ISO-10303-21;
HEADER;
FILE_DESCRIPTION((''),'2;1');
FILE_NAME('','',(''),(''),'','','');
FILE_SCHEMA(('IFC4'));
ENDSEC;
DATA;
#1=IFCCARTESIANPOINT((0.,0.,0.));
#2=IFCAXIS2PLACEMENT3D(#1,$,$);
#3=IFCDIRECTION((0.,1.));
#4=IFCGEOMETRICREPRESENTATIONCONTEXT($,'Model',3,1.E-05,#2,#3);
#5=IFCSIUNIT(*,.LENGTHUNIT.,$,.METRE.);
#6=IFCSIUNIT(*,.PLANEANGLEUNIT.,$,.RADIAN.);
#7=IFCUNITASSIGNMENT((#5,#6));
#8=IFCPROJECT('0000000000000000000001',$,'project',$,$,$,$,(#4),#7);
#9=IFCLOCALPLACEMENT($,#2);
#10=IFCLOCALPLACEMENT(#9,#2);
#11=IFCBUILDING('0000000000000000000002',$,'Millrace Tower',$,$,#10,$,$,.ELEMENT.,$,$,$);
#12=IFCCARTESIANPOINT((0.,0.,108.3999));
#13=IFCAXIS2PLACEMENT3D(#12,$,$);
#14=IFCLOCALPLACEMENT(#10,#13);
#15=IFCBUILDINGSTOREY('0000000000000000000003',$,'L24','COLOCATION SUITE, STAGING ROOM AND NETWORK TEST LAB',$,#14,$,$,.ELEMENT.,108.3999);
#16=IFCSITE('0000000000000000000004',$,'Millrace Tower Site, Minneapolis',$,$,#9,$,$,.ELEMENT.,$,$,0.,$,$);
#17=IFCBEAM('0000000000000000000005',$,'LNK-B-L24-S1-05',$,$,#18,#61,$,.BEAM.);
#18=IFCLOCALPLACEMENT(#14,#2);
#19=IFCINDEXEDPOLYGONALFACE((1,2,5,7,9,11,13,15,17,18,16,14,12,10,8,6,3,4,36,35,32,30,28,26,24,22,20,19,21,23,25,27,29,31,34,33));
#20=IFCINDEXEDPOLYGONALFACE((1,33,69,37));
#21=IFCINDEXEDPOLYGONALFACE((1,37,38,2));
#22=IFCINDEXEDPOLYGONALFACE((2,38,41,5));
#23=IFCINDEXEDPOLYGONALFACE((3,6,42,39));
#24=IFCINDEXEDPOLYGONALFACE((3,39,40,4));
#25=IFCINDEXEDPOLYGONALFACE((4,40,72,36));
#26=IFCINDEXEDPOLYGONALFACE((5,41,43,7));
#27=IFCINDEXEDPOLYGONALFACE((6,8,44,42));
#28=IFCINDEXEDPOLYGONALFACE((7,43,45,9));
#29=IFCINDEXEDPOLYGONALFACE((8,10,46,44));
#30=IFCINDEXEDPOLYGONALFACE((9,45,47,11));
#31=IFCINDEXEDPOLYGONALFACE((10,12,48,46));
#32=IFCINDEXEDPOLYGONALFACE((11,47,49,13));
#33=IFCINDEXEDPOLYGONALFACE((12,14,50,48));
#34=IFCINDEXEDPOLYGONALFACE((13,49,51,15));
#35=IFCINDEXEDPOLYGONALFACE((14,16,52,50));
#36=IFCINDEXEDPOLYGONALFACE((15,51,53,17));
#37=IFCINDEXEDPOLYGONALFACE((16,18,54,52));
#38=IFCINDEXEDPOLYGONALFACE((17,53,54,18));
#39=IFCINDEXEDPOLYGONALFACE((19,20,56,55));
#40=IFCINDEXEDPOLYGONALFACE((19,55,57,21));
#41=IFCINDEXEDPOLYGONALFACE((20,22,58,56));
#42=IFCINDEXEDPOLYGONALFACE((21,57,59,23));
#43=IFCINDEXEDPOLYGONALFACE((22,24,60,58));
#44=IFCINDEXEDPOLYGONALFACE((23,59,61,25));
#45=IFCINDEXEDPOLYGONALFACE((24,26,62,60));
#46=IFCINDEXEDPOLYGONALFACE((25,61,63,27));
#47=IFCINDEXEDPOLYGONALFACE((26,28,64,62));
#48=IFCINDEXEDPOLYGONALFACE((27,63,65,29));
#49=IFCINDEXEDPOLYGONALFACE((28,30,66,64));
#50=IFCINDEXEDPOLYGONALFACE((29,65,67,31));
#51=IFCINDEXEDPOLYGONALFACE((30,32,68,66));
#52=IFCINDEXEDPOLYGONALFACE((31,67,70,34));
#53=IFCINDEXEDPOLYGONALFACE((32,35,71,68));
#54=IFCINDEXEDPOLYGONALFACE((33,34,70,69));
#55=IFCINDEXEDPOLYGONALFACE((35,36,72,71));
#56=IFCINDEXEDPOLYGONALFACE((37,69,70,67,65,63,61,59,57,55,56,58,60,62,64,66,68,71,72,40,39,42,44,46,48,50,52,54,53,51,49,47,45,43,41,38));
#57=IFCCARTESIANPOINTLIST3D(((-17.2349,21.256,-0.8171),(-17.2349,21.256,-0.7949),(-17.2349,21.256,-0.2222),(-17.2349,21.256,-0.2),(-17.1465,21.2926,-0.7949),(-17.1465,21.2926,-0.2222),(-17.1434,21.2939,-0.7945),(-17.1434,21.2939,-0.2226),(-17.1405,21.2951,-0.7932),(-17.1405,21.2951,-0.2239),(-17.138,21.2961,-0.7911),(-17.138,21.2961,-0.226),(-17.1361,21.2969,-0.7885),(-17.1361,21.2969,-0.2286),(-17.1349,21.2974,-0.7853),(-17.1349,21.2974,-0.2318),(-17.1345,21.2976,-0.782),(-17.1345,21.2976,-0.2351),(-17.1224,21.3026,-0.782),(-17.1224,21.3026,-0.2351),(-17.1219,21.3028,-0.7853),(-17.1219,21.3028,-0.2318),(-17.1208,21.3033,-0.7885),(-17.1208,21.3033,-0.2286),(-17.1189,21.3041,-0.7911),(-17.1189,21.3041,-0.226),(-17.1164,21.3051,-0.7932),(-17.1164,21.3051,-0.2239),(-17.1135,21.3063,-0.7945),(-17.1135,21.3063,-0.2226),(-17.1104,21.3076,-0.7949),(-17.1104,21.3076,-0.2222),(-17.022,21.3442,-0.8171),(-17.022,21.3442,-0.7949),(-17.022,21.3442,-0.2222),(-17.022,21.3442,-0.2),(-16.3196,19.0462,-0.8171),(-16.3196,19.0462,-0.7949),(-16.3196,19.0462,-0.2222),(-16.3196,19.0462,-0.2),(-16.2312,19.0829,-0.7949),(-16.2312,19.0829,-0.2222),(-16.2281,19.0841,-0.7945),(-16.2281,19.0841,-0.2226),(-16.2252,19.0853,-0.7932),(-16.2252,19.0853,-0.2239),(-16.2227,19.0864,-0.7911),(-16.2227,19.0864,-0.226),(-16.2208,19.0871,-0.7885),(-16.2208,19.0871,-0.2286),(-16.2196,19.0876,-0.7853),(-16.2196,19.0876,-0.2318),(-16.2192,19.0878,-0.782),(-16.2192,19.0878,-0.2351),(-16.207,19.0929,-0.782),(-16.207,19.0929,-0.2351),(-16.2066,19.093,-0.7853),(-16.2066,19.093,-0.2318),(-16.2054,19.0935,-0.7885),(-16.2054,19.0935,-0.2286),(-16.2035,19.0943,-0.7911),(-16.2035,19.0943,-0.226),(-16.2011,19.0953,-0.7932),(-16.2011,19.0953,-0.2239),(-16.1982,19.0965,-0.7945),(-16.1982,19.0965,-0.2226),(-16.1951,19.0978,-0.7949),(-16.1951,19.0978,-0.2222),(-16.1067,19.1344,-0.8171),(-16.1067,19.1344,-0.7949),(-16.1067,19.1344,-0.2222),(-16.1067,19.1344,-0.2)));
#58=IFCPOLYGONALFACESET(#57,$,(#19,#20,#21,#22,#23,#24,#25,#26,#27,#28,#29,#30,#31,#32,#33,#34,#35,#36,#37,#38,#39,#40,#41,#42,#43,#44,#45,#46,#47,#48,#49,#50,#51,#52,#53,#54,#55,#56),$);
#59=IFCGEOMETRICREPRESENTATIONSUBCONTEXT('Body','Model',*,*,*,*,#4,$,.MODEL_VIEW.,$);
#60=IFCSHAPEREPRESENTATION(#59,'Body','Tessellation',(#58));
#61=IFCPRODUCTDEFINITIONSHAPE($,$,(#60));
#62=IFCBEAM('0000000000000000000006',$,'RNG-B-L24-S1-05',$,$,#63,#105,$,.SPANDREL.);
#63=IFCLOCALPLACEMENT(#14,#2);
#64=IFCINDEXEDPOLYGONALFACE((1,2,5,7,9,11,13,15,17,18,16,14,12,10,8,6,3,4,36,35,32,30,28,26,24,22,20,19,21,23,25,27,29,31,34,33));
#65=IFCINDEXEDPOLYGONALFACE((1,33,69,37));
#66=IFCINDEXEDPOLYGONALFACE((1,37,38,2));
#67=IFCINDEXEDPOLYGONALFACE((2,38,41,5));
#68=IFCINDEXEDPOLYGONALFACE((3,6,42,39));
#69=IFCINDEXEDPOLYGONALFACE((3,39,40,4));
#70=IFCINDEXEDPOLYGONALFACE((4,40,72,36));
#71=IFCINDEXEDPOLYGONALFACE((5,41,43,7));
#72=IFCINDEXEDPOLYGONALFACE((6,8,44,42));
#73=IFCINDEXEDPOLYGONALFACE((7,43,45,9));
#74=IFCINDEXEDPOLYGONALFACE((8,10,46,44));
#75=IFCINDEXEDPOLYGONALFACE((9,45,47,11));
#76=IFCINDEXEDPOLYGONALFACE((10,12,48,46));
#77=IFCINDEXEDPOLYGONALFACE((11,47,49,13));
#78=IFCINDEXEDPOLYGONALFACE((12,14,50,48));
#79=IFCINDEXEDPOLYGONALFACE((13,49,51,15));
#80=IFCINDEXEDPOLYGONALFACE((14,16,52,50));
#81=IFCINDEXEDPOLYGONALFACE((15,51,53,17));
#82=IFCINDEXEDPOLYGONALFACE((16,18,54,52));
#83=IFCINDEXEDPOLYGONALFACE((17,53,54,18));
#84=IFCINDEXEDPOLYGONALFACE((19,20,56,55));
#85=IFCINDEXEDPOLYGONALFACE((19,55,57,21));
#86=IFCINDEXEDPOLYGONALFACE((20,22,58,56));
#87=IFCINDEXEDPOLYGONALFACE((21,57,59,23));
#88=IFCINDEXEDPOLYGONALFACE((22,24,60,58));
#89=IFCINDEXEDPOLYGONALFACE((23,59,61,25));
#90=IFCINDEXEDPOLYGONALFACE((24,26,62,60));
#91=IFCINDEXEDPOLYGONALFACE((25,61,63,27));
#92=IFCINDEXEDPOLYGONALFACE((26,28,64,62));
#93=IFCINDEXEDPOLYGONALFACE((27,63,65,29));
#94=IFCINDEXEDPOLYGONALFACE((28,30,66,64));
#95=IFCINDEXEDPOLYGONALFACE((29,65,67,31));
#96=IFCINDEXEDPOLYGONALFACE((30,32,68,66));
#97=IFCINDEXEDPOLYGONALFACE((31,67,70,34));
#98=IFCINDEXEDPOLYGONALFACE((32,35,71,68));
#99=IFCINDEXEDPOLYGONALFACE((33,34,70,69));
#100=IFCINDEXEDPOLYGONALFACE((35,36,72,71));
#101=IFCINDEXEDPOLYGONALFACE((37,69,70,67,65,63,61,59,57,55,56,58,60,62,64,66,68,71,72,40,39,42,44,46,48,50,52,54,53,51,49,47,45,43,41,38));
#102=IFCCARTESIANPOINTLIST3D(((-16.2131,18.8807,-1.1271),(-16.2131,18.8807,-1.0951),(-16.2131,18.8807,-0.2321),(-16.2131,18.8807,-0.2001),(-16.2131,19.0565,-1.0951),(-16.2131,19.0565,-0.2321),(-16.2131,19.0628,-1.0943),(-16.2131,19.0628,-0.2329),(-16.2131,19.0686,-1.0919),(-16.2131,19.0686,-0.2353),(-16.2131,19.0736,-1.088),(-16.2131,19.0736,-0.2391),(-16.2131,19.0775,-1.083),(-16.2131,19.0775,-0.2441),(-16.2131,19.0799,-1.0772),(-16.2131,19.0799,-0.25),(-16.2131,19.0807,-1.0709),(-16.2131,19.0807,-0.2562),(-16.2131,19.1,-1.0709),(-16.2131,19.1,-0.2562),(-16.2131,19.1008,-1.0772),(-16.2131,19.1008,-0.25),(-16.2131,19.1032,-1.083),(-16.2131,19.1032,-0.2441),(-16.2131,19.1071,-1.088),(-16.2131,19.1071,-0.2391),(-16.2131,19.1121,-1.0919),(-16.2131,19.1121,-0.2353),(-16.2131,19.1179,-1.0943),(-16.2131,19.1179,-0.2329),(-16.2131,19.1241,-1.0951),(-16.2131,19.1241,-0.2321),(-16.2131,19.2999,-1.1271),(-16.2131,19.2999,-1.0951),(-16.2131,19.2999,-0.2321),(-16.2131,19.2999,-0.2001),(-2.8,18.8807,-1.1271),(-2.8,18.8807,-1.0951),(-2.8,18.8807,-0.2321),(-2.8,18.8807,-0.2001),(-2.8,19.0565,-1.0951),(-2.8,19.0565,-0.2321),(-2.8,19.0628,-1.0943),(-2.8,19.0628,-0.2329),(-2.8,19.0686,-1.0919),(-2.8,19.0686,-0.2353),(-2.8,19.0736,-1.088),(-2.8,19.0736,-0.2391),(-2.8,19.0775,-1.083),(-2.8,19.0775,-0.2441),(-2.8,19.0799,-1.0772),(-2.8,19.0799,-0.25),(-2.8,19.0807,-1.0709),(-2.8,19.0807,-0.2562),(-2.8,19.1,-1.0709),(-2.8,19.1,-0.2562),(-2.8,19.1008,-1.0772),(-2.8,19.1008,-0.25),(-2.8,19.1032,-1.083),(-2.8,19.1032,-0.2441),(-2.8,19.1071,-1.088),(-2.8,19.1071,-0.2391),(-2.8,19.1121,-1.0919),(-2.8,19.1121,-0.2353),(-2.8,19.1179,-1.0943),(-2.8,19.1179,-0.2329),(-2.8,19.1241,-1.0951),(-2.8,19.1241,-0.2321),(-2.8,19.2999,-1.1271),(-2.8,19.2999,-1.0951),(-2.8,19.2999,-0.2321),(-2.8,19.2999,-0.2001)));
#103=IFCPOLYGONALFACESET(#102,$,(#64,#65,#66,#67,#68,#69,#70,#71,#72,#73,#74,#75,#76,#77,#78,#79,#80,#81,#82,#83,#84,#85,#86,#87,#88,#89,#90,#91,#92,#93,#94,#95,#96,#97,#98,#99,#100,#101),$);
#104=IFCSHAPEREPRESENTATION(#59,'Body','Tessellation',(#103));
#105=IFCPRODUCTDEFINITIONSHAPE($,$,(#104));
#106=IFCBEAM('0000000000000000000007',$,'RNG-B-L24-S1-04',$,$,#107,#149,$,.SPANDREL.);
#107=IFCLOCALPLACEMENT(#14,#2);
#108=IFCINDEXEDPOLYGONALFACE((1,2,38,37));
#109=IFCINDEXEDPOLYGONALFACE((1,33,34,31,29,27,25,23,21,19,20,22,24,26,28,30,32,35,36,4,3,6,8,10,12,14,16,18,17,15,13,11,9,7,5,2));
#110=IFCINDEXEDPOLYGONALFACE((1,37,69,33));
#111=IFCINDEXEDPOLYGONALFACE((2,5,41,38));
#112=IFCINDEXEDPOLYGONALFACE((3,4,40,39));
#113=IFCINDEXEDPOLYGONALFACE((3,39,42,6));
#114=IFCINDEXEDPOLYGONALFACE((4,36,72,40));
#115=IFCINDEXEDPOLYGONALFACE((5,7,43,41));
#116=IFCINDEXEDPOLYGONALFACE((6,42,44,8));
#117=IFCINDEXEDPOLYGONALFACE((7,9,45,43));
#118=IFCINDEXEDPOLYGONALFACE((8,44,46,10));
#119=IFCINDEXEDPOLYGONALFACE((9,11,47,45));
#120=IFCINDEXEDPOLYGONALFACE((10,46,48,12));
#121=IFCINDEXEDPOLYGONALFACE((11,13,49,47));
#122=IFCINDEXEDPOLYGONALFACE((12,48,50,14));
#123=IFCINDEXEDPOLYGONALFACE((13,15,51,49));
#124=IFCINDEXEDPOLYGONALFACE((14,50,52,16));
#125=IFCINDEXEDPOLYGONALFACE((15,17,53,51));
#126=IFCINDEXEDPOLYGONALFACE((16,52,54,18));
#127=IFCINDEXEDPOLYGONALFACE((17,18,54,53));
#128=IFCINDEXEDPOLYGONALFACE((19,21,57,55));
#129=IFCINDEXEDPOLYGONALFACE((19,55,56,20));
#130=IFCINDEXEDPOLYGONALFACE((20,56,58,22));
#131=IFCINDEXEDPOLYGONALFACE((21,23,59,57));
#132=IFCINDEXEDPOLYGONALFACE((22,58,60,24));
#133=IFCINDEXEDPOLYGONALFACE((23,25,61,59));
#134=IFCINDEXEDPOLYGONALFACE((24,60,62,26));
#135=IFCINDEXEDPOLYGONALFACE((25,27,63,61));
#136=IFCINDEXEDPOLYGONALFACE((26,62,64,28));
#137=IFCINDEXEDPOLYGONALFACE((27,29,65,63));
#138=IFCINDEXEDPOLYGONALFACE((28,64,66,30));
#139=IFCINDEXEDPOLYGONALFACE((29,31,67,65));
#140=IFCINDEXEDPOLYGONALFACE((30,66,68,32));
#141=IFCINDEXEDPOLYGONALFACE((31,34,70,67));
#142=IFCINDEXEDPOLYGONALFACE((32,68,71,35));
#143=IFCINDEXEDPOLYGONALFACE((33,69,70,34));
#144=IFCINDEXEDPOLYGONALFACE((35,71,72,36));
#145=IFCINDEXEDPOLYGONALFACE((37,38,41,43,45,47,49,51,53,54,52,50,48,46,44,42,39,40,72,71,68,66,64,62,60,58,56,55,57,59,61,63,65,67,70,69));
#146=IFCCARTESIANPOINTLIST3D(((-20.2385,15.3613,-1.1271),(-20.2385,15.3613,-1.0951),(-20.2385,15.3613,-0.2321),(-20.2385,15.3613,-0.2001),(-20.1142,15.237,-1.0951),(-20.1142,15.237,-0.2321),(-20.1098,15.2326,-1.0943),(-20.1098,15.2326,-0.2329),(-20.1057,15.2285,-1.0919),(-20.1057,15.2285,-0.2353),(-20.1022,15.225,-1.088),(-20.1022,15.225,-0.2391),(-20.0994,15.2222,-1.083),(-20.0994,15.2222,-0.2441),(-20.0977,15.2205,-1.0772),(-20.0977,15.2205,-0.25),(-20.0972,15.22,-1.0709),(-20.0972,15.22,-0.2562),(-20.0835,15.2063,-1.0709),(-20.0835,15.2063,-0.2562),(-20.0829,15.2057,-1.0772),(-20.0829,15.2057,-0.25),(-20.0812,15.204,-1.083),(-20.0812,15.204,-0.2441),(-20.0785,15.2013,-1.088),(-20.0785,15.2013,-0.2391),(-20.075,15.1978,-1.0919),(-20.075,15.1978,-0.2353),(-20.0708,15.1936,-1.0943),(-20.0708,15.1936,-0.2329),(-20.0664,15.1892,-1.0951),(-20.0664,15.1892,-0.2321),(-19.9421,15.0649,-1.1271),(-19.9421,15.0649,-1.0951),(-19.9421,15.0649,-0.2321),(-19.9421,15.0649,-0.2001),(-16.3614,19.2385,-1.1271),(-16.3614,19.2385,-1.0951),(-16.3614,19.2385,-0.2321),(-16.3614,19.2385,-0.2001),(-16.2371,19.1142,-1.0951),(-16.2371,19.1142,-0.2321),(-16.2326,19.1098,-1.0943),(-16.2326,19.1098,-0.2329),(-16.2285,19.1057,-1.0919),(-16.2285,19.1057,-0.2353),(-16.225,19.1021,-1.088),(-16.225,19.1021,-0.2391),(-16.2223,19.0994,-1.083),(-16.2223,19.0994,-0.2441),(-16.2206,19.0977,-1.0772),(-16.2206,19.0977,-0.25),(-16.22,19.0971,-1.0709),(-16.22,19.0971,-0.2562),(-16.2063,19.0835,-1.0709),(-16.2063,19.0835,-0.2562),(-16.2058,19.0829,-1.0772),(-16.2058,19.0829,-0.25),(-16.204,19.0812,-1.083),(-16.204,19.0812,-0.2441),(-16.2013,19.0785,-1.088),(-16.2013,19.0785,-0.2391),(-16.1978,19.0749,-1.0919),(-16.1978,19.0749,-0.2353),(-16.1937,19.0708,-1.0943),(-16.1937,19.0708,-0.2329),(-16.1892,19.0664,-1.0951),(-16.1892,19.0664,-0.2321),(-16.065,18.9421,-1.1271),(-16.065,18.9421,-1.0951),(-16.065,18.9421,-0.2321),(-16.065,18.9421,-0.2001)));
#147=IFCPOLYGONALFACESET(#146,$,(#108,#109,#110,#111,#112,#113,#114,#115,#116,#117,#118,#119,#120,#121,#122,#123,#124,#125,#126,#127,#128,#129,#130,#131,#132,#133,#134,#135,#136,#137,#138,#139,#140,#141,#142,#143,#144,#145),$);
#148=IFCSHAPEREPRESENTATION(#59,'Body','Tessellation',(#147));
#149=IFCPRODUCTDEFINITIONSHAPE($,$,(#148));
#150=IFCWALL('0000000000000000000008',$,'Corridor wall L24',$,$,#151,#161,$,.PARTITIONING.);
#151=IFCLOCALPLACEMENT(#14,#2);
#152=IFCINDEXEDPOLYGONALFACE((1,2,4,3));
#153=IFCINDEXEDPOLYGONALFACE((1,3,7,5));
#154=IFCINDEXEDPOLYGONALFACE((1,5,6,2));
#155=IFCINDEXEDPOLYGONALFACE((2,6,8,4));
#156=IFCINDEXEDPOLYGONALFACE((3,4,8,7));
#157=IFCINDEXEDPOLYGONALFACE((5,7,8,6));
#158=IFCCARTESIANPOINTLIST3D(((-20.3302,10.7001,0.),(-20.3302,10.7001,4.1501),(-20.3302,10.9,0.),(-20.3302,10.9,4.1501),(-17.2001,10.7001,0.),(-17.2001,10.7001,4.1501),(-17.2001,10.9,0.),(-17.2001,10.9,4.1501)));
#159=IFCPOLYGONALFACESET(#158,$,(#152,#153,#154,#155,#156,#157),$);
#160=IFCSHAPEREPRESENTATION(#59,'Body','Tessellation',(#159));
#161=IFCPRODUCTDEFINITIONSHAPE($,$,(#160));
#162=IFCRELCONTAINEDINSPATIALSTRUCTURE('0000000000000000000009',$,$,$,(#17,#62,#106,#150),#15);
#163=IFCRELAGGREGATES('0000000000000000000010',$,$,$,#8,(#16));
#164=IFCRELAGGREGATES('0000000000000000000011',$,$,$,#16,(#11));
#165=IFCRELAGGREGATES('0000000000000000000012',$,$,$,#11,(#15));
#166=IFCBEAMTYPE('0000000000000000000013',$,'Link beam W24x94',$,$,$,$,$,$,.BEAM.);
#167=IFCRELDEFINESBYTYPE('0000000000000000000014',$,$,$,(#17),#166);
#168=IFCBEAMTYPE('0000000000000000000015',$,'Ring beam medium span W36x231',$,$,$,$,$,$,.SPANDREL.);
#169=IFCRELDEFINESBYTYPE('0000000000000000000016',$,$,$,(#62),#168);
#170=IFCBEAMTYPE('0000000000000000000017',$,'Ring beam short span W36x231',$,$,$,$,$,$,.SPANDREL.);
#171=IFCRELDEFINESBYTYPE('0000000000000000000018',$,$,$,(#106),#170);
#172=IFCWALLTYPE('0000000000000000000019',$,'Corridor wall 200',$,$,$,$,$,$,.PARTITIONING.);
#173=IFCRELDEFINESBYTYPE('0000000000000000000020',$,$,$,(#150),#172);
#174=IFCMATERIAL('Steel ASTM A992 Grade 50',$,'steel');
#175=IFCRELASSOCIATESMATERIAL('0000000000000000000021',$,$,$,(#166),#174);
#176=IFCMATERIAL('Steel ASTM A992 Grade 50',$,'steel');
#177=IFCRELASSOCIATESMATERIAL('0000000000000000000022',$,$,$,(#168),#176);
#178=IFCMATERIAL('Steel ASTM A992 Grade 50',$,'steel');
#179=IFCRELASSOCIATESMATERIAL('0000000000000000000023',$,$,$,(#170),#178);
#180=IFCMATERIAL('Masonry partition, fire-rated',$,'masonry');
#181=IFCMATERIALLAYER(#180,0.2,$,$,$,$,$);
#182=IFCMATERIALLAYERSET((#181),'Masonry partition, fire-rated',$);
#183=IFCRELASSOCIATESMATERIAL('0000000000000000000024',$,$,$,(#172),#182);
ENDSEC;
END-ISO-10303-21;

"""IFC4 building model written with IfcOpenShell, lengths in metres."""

from ifc_helpers import new_model, si_unit, direction, frame, frame_2d, origin, origin_2d, place, context, subcontext, project, spatial, rectangle, i_section, extrude, material, layer, layer_set, material_profile, profile_set, type_object, element, save


model = new_model("IFC4")

# Units and contexts
model_context = context("Model", 3, precision=1e-05, world=origin(), true_north=direction((0.0, 1.0)))
body_context = subcontext(model_context, "Body", "Model", "MODEL_VIEW")
ifc_project = project(units=[si_unit("LENGTHUNIT", "METRE"), si_unit("PLANEANGLEUNIT", "RADIAN")], contexts=[model_context])

# Site, building, storey
site_placement = place(None, origin())
site = spatial("IfcSite", under=ifc_project, at=site_placement, Name="Millrace Tower Site, Minneapolis", CompositionType="ELEMENT", RefElevation=0.0)
building_placement = place(site_placement, origin())
building = spatial("IfcBuilding", under=site, at=building_placement, Name="Millrace Tower", CompositionType="ELEMENT")
storey_placement = place(building_placement, frame((0.0, 0.0, 108.3999)))
storey = spatial("IfcBuildingStorey", under=building, at=storey_placement, Name="L24", Description="COLOCATION SUITE, STAGING ROOM AND NETWORK TEST LAB", CompositionType="ELEMENT", Elevation=108.3999)

# Beams
ifc_material_1 = material(Name="Steel ASTM A992 Grade 50", Category="steel")
ifc_material_profile_1 = material_profile(ifc_material_1, i_section(OverallWidth=0.2305, OverallDepth=0.6172, WebThickness=0.0132, FlangeThickness=0.0222, FilletRadius=0.0129, at=origin_2d()))
ifc_profile_set_1 = profile_set([ifc_material_profile_1], Name="Steel ASTM A992 Grade 50")
beam_type_1 = type_object("IfcBeamType", Name="Link beam W24x94", PredefinedType="BEAM", material=ifc_profile_set_1)
for number, where, z_axis, x_axis, name in (
    (1, (-16.2131, 19.0903, -0.5085), (-0.382679, 0.923881, 0.0), (-0.923881, -0.382679, 0.0), "LNK-B-L24-S1-05"),
):
    element("IfcBeam", number, at=place(storey_placement, frame(where, z_axis=z_axis, x_axis=x_axis)), inside=storey, type_object=beam_type_1, Name=name, PredefinedType="BEAM", context=body_context, shape_type="SweptSolid", body=[
        extrude(i_section(OverallWidth=0.2305, OverallDepth=0.6172, WebThickness=0.0132, FlangeThickness=0.0222, FilletRadius=0.0129, at=origin_2d()), origin(), (0.0, 0.0, 1.0), 2.3918),
    ])
ifc_material_2 = material(Name="Steel ASTM A992 Grade 50", Category="steel")
ifc_material_profile_2 = material_profile(ifc_material_2, i_section(OverallWidth=0.4192, OverallDepth=0.927, WebThickness=0.0193, FlangeThickness=0.032, FilletRadius=0.0242, at=origin_2d()))
ifc_profile_set_2 = profile_set([ifc_material_profile_2], Name="Steel ASTM A992 Grade 50")
beam_type_2 = type_object("IfcBeamType", Name="Ring beam medium span W36x231", PredefinedType="SPANDREL", material=ifc_profile_set_2)
beam_1_placement = place(storey_placement, frame((-16.2131, 19.0903, -0.6636), z_axis=(1.0, 0.0, 0.0), x_axis=(0.0, 1.0, 0.0)))
element("IfcBeam", 2, at=beam_1_placement, inside=storey, type_object=beam_type_2, Name="RNG-B-L24-S1-05", PredefinedType="SPANDREL", context=body_context, shape_type="SweptSolid", body=[
    extrude(i_section(OverallWidth=0.4192, OverallDepth=0.927, WebThickness=0.0193, FlangeThickness=0.032, FilletRadius=0.0242, at=origin_2d()), origin(), (0.0, 0.0, 1.0), 13.4131),
])
ifc_material_3 = material(Name="Steel ASTM A992 Grade 50", Category="steel")
ifc_material_profile_3 = material_profile(ifc_material_3, i_section(OverallWidth=0.4192, OverallDepth=0.927, WebThickness=0.0193, FlangeThickness=0.032, FilletRadius=0.0242, at=origin_2d()))
ifc_profile_set_3 = profile_set([ifc_material_profile_3], Name="Steel ASTM A992 Grade 50")
beam_type_3 = type_object("IfcBeamType", Name="Ring beam short span W36x231", PredefinedType="SPANDREL", material=ifc_profile_set_3)
beam_2_placement = place(storey_placement, frame((-20.0903, 15.2131, -0.6636), z_axis=(0.707107, 0.707107, 0.0), x_axis=(-0.707107, 0.707107, 0.0)))
element("IfcBeam", 3, at=beam_2_placement, inside=storey, type_object=beam_type_3, Name="RNG-B-L24-S1-04", PredefinedType="SPANDREL", context=body_context, shape_type="SweptSolid", body=[
    extrude(i_section(OverallWidth=0.4192, OverallDepth=0.927, WebThickness=0.0193, FlangeThickness=0.032, FilletRadius=0.0242, at=origin_2d()), origin(), (0.0, 0.0, 1.0), 5.4832),
])

# Wall
ifc_material_4 = material(Name="Masonry partition, fire-rated", Category="masonry")
ifc_layer_1 = layer(ifc_material_4, 0.2)
ifc_layer_set_1 = layer_set([ifc_layer_1], Name="Masonry partition, fire-rated")
wall_type = type_object("IfcWallType", Name="Corridor wall 200", PredefinedType="PARTITIONING", material=ifc_layer_set_1)
wall_1_placement = place(storey_placement, frame((-20.3301, 10.8, 0.0), z_axis=(0.0, 0.0, 1.0), x_axis=(1.0, 0.0, 0.0)))
element("IfcWall", 4, at=wall_1_placement, inside=storey, type_object=wall_type, Name="Corridor wall L24", PredefinedType="PARTITIONING", context=body_context, shape_type="SweptSolid", body=[
    extrude(rectangle(XDim=3.1301, YDim=0.2, at=frame_2d((1.5649, 0.0))), origin(), (0.0, 0.0, 1.0), 4.1501),
])

save(model, "model.ifc")
